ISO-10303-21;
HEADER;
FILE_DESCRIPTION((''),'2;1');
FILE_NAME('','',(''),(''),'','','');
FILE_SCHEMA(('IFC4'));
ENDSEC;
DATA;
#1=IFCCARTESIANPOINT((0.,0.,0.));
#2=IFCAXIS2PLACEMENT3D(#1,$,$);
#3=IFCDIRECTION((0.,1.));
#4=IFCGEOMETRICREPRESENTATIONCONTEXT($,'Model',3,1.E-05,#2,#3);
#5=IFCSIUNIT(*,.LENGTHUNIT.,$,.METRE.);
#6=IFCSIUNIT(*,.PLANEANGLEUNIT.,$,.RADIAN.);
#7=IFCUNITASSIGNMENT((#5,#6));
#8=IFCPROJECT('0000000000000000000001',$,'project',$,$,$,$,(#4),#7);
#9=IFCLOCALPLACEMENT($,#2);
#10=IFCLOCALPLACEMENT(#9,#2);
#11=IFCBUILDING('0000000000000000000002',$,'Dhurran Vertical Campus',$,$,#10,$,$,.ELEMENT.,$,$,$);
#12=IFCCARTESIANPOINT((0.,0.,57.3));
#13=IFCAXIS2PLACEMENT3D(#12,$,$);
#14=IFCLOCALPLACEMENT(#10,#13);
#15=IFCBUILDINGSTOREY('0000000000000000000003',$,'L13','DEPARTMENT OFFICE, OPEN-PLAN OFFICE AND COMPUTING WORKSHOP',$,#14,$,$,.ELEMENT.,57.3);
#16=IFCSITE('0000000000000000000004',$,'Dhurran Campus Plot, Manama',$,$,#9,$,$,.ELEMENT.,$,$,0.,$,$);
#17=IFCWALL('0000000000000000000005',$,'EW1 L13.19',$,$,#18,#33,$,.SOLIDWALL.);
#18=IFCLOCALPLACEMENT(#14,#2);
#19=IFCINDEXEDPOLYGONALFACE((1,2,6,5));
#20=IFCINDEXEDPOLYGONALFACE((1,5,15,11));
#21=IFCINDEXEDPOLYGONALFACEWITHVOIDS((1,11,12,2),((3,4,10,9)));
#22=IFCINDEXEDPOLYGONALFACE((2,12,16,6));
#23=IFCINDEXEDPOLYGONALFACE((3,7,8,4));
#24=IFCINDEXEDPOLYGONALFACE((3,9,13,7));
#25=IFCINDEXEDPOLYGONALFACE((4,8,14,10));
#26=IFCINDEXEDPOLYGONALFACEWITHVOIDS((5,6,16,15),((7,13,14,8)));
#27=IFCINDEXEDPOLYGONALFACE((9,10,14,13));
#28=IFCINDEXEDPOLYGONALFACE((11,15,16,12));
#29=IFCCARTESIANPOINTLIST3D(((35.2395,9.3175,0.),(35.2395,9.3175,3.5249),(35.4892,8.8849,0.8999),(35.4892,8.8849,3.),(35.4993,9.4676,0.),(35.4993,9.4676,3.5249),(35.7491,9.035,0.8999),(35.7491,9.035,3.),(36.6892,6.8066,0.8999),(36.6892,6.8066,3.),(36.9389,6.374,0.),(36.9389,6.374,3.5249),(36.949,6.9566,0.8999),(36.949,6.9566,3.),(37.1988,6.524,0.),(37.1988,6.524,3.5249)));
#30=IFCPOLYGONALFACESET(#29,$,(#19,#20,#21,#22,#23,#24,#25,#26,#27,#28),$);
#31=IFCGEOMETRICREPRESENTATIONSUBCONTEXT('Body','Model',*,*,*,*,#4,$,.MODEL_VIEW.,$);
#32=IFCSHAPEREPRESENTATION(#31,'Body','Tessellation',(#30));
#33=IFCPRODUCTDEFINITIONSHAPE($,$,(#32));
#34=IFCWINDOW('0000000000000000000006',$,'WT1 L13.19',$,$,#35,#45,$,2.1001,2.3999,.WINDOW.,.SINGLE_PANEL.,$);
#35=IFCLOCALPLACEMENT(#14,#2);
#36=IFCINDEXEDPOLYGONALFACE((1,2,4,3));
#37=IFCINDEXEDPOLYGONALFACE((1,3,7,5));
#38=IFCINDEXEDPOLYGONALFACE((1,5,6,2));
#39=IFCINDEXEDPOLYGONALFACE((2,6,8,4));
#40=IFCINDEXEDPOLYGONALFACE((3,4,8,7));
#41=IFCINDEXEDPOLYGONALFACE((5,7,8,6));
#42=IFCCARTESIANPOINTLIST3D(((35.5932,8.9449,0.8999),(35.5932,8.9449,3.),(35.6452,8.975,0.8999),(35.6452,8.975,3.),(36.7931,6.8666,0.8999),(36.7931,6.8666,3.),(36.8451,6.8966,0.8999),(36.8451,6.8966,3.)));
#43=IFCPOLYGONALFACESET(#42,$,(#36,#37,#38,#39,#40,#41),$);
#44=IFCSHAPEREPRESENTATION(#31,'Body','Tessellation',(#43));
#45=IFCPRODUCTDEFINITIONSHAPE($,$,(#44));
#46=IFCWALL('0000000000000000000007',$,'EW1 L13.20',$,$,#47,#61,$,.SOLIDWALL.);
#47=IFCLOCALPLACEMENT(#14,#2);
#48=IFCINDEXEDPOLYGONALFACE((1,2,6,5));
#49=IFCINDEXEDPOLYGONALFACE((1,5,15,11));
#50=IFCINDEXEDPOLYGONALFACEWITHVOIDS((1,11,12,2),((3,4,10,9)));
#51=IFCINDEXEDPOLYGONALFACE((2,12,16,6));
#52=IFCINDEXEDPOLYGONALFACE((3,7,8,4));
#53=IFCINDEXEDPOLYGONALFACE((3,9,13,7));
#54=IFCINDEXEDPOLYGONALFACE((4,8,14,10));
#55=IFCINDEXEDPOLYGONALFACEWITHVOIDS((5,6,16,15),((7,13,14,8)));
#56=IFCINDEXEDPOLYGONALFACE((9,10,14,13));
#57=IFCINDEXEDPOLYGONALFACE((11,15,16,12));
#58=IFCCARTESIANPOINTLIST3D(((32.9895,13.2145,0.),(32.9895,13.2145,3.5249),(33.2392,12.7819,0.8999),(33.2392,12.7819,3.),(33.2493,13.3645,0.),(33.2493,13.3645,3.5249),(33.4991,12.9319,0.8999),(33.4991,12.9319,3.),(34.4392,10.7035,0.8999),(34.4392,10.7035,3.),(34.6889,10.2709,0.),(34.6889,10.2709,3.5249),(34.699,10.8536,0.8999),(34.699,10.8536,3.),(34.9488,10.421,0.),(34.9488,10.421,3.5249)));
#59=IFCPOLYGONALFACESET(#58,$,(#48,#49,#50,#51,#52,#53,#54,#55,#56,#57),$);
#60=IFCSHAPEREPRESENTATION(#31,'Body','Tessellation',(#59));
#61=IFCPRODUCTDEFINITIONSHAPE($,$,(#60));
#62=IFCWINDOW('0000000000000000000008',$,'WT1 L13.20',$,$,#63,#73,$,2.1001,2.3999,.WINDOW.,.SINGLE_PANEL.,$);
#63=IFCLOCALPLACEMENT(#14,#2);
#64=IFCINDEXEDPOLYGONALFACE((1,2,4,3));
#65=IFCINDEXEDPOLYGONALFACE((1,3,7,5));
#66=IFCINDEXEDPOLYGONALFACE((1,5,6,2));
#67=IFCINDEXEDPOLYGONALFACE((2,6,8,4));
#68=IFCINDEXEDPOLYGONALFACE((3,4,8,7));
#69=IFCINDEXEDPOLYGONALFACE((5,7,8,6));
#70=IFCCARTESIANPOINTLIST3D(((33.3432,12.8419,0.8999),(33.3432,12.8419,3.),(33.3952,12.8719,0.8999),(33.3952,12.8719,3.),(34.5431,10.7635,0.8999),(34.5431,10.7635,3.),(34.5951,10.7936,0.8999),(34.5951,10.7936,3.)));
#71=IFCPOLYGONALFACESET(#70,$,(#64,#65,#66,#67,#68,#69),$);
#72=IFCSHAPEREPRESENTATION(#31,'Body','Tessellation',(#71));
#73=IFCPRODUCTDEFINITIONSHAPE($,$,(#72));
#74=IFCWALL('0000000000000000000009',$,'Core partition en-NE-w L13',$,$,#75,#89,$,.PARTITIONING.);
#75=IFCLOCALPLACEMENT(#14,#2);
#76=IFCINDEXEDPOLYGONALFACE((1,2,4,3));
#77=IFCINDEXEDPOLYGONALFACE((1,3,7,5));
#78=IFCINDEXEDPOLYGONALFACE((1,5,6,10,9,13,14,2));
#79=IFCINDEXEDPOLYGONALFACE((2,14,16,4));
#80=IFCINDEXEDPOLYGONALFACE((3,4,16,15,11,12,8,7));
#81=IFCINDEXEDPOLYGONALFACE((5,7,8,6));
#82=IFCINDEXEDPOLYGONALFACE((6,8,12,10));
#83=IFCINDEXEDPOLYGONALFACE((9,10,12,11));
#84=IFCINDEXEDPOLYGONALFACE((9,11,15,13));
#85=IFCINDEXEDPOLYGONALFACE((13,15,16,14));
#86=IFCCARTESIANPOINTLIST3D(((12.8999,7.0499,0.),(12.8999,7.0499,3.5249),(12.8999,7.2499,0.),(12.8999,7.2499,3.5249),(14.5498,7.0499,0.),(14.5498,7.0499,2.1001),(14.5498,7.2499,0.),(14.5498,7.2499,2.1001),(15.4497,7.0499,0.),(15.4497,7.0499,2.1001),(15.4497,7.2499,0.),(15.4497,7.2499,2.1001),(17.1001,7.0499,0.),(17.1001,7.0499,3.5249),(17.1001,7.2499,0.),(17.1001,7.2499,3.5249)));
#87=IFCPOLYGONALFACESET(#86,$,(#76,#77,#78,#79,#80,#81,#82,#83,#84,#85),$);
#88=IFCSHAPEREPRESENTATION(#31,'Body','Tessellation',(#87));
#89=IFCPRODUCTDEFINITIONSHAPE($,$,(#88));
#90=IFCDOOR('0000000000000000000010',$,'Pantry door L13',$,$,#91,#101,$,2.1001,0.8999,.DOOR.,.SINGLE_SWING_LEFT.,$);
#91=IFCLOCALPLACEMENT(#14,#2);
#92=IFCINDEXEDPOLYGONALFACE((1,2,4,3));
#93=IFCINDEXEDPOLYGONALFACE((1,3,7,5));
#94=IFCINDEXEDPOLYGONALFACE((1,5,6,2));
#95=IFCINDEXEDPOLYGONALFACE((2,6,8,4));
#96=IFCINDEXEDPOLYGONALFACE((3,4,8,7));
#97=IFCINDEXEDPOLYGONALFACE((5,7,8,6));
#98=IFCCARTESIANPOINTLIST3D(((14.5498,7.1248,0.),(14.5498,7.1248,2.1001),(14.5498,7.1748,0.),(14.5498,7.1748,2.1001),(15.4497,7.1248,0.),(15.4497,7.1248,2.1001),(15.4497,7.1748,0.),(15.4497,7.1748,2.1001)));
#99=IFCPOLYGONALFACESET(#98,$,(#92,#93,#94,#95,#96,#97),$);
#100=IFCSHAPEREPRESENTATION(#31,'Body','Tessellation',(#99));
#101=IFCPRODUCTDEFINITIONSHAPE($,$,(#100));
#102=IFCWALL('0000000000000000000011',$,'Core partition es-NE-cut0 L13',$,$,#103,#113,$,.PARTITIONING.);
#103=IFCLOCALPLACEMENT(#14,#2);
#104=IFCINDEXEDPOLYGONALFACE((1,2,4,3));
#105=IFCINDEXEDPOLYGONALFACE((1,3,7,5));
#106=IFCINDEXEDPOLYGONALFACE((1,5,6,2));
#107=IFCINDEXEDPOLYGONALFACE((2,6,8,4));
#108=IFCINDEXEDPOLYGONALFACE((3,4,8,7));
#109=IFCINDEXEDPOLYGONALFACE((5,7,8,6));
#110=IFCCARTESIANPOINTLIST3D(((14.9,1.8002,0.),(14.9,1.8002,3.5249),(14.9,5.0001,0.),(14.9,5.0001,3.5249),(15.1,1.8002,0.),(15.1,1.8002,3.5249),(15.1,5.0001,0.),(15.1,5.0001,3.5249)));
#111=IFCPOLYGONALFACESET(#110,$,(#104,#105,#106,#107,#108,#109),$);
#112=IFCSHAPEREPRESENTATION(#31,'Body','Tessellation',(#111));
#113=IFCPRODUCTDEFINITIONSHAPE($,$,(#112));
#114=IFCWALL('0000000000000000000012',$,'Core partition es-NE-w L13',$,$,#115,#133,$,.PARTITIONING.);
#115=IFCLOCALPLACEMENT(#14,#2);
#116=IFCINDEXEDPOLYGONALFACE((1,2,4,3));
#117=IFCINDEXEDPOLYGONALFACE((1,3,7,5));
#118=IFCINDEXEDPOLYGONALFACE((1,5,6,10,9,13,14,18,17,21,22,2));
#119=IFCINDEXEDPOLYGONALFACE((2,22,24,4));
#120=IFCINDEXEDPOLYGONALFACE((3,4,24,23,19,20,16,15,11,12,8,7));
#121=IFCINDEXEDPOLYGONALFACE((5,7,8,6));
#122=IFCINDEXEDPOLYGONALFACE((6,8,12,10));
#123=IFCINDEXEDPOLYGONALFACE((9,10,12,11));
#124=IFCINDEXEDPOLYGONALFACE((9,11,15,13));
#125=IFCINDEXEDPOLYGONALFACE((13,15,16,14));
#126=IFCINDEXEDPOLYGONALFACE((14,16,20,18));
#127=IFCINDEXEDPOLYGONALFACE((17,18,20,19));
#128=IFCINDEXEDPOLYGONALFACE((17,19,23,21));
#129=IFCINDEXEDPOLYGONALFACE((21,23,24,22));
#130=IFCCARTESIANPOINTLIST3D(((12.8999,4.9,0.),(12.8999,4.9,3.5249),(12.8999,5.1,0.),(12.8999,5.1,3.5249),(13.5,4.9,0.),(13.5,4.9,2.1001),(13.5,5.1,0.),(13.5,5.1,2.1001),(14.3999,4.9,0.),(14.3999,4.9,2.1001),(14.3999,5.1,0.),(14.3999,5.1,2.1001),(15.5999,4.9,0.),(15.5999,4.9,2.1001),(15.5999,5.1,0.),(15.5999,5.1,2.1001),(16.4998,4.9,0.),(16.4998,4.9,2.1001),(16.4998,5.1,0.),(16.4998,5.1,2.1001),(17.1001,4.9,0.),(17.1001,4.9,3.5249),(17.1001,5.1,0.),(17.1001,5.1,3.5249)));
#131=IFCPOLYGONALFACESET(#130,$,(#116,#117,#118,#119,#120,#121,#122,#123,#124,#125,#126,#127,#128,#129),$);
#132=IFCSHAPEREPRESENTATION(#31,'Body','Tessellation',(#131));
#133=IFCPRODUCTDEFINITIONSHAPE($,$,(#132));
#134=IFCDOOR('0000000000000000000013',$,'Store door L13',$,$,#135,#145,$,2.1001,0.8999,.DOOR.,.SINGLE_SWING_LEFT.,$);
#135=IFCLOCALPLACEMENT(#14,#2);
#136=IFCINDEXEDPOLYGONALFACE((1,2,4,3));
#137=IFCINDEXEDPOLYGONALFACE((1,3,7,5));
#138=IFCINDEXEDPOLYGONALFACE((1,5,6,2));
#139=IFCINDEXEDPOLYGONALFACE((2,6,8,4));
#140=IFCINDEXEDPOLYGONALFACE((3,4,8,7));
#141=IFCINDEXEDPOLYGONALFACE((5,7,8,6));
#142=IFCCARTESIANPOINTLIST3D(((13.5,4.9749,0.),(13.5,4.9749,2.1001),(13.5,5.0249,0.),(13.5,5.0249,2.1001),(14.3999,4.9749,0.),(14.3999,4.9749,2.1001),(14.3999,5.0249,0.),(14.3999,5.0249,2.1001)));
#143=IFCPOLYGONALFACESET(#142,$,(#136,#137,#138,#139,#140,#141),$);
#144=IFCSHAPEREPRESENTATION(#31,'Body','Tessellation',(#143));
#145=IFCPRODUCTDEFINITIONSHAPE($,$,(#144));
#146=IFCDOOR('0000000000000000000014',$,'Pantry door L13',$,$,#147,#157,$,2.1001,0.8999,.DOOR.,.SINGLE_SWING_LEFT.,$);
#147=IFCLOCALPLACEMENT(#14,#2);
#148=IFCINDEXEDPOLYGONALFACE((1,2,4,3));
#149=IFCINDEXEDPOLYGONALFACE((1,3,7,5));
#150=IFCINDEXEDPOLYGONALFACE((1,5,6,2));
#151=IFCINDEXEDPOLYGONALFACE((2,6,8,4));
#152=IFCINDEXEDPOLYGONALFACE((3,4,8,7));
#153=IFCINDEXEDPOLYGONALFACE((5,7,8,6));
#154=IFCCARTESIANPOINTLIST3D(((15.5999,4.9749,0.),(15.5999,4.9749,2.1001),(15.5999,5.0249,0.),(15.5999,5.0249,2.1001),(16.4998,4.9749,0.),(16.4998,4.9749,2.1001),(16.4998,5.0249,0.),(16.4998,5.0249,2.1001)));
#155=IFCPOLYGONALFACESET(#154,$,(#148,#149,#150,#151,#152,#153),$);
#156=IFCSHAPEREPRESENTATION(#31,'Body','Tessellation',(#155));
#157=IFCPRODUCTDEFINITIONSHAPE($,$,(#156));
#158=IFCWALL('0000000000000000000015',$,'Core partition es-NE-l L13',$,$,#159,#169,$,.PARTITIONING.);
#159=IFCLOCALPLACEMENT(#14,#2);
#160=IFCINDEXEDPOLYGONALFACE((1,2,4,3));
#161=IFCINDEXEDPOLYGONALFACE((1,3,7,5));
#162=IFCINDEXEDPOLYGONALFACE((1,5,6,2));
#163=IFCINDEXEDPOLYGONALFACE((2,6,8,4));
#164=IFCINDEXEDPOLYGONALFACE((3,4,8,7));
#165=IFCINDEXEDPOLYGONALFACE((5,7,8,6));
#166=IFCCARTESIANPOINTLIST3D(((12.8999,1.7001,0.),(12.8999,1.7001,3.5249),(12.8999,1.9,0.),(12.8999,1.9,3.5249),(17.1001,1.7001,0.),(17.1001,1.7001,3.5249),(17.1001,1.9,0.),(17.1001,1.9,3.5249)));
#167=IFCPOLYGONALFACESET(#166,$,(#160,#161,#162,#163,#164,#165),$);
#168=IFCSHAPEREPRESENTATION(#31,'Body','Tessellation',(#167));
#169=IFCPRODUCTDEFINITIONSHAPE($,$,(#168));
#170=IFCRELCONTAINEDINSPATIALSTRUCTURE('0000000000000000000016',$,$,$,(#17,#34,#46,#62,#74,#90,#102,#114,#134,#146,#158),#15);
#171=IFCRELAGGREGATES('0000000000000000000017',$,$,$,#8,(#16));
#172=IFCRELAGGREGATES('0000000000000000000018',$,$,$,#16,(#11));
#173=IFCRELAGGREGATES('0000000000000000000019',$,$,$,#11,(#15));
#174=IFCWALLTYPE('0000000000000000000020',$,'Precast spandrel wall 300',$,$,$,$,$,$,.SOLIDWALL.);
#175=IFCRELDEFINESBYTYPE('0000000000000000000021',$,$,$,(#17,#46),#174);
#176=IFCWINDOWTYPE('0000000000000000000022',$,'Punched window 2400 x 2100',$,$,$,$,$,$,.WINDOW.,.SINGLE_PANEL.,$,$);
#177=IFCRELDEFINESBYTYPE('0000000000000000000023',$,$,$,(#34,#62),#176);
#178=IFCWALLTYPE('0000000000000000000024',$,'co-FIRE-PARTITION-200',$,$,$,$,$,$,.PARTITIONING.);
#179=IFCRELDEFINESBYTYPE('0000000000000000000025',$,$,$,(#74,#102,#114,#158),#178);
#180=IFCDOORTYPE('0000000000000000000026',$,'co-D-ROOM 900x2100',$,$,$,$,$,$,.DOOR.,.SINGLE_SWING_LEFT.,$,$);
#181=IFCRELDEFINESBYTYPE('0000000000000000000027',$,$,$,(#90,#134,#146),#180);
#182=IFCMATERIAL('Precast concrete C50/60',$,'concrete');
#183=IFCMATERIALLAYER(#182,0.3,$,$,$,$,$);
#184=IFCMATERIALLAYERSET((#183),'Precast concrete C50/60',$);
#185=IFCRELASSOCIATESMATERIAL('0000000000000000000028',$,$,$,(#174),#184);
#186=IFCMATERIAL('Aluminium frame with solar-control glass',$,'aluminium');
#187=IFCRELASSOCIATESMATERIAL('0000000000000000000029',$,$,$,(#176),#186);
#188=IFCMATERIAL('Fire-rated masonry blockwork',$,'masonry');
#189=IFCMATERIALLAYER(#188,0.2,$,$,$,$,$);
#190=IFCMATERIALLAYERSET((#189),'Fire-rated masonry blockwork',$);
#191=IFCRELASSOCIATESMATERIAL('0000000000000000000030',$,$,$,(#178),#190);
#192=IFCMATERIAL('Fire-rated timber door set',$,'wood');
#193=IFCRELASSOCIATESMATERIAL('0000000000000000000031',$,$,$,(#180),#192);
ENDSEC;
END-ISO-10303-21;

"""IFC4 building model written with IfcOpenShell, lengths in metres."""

from ifc_helpers import new_model, si_unit, direction, frame, frame_2d, origin, place, context, subcontext, project, spatial, rectangle, extrude, material, layer, layer_set, type_object, element, fill, save


model = new_model("IFC4")

# Units and contexts
model_context = context("Model", 3, precision=1e-05, world=origin(), true_north=direction((0.0, 1.0)))
body_context = subcontext(model_context, "Body", "Model", "MODEL_VIEW")
ifc_project = project(units=[si_unit("LENGTHUNIT", "METRE"), si_unit("PLANEANGLEUNIT", "RADIAN")], contexts=[model_context])

# Site, building, storey
site_placement = place(None, origin())
site = spatial("IfcSite", under=ifc_project, at=site_placement, Name="Dhurran Campus Plot, Manama", CompositionType="ELEMENT", RefElevation=0.0)
building_placement = place(site_placement, origin())
building = spatial("IfcBuilding", under=site, at=building_placement, Name="Dhurran Vertical Campus", CompositionType="ELEMENT")
storey_placement = place(building_placement, frame((0.0, 0.0, 57.3)))
storey = spatial("IfcBuildingStorey", under=building, at=storey_placement, Name="L13", Description="DEPARTMENT OFFICE, OPEN-PLAN OFFICE AND COMPUTING WORKSHOP", CompositionType="ELEMENT", Elevation=57.3)

# Walls, openings, windows
ifc_material_1 = material(Name="Precast concrete C50/60", Category="concrete")
ifc_layer_1 = layer(ifc_material_1, 0.3)
ifc_layer_set_1 = layer_set([ifc_layer_1], Name="Precast concrete C50/60")
wall_type_1 = type_object("IfcWallType", Name="Precast spandrel wall 300", PredefinedType="SOLIDWALL", material=ifc_layer_set_1)
ifc_material_2 = material(Name="Aluminium frame with solar-control glass", Category="aluminium")
window_type = type_object("IfcWindowType", Name="Punched window 2400 x 2100", PartitioningType="SINGLE_PANEL", PredefinedType="WINDOW", material=ifc_material_2)
wall_1_placement = place(storey_placement, frame((37.0688, 6.449, 0.0), z_axis=(0.0, 0.0, 1.0), x_axis=(-0.499994, 0.866029, 0.0)))
wall_1 = element("IfcWall", 1, at=wall_1_placement, inside=storey, type_object=wall_type_1, Name="EW1 L13.19", PredefinedType="SOLIDWALL", context=body_context, shape_type="SweptSolid", body=[
    extrude(rectangle(XDim=3.3989, YDim=0.3, at=frame_2d((1.6995, 0.0))), origin(), (0.0, 0.0, 1.0), 3.5249),
])
opening_1_placement = place(wall_1_placement, frame((0.4995, 0.0, 0.8999)))
opening_1 = element("IfcOpeningElement", 2, at=opening_1_placement, cuts=wall_1, PredefinedType="OPENING", context=body_context, shape_type="SweptSolid", body=[
    extrude(rectangle(XDim=2.3999, YDim=2.1001, at=frame_2d((1.2, 1.05))), frame((0.0, 0.1599, 0.0), z_axis=(0.0, -1.0, 0.0), x_axis=(1.0, 0.0, 0.0)), (0.0, 0.0, 1.0), 0.3201),
])
window_1_placement = place(opening_1_placement, origin())
window_1 = element("IfcWindow", 3, at=window_1_placement, inside=storey, type_object=window_type, Name="WT1 L13.19", OverallHeight=2.1001, OverallWidth=2.3999, PartitioningType="SINGLE_PANEL", PredefinedType="WINDOW", context=body_context, shape_type="SweptSolid", body=[
    extrude(rectangle(XDim=2.3999, YDim=2.1001, at=frame_2d((1.2, 1.05))), frame((0.0, 0.03, 0.0), z_axis=(0.0, -1.0, 0.0), x_axis=(1.0, 0.0, 0.0)), (0.0, 0.0, 1.0), 0.0601),
])
fill(opening_1, window_1)
wall_2_placement = place(storey_placement, frame((34.8188, 10.3459, 0.0), z_axis=(0.0, 0.0, 1.0), x_axis=(-0.499994, 0.866029, 0.0)))
wall_2 = element("IfcWall", 4, at=wall_2_placement, inside=storey, type_object=wall_type_1, Name="EW1 L13.20", PredefinedType="SOLIDWALL", context=body_context, shape_type="SweptSolid", body=[
    extrude(rectangle(XDim=3.3989, YDim=0.3, at=frame_2d((1.6995, 0.0))), origin(), (0.0, 0.0, 1.0), 3.5249),
])
opening_2_placement = place(wall_2_placement, frame((0.4995, 0.0, 0.8999)))
opening_2 = element("IfcOpeningElement", 5, at=opening_2_placement, cuts=wall_2, PredefinedType="OPENING", context=body_context, shape_type="SweptSolid", body=[
    extrude(rectangle(XDim=2.3999, YDim=2.1001, at=frame_2d((1.2, 1.05))), frame((0.0, 0.1599, 0.0), z_axis=(0.0, -1.0, 0.0), x_axis=(1.0, 0.0, 0.0)), (0.0, 0.0, 1.0), 0.3201),
])
window_2_placement = place(opening_2_placement, origin())
window_2 = element("IfcWindow", 6, at=window_2_placement, inside=storey, type_object=window_type, Name="WT1 L13.20", OverallHeight=2.1001, OverallWidth=2.3999, PartitioningType="SINGLE_PANEL", PredefinedType="WINDOW", context=body_context, shape_type="SweptSolid", body=[
    extrude(rectangle(XDim=2.3999, YDim=2.1001, at=frame_2d((1.2, 1.05))), frame((0.0, 0.03, 0.0), z_axis=(0.0, -1.0, 0.0), x_axis=(1.0, 0.0, 0.0)), (0.0, 0.0, 1.0), 0.0601),
])
fill(opening_2, window_2)

# Wall, opening, door
ifc_material_3 = material(Name="Fire-rated masonry blockwork", Category="masonry")
ifc_layer_2 = layer(ifc_material_3, 0.2)
ifc_layer_set_2 = layer_set([ifc_layer_2], Name="Fire-rated masonry blockwork")
wall_type_2 = type_object("IfcWallType", Name="co-FIRE-PARTITION-200", PredefinedType="PARTITIONING", material=ifc_layer_set_2)
wall_3_placement = place(storey_placement, frame((12.8999, 7.1499, 0.0), z_axis=(0.0, 0.0, 1.0), x_axis=(1.0, 0.0, 0.0)))
wall_3 = element("IfcWall", 7, at=wall_3_placement, inside=storey, type_object=wall_type_2, Name="Core partition en-NE-w L13", PredefinedType="PARTITIONING", context=body_context, shape_type="SweptSolid", body=[
    extrude(rectangle(XDim=4.2002, YDim=0.2, at=frame_2d((2.1001, 0.0))), origin(), (0.0, 0.0, 1.0), 3.5249),
])
opening_3_placement = place(wall_3_placement, frame((1.6499, 0.0, 0.0)))
opening_3 = element("IfcOpeningElement", 8, at=opening_3_placement, cuts=wall_3, PredefinedType="OPENING", context=body_context, shape_type="SweptSolid", body=[
    extrude(rectangle(XDim=0.8999, YDim=2.1001, at=frame_2d((0.45, 1.05))), frame((0.0, 0.1099, 0.0), z_axis=(0.0, -1.0, 0.0), x_axis=(1.0, 0.0, 0.0)), (0.0, 0.0, 1.0), 0.22),
])
ifc_material_4 = material(Name="Fire-rated timber door set", Category="wood")
door_type_1 = type_object("IfcDoorType", Name="co-D-ROOM 900x2100", OperationType="SINGLE_SWING_LEFT", PredefinedType="DOOR", material=ifc_material_4)
door_1_placement = place(opening_3_placement, origin())
door_1 = element("IfcDoor", 9, at=door_1_placement, inside=storey, type_object=door_type_1, Name="Pantry door L13", OperationType="SINGLE_SWING_LEFT", OverallHeight=2.1001, OverallWidth=0.8999, PredefinedType="DOOR", context=body_context, shape_type="SweptSolid", body=[
    extrude(rectangle(XDim=0.8999, YDim=2.1001, at=frame_2d((0.45, 1.05))), frame((0.0, 0.0249, 0.0), z_axis=(0.0, -1.0, 0.0), x_axis=(1.0, 0.0, 0.0)), (0.0, 0.0, 1.0), 0.05),
])
fill(opening_3, door_1)

# Wall
wall_4_placement = place(storey_placement, frame((15.0, 1.8, 0.0), z_axis=(0.0, 0.0, 1.0), x_axis=(0.0, 1.0, 0.0)))
element("IfcWall", 10, at=wall_4_placement, inside=storey, type_object=wall_type_2, Name="Core partition es-NE-cut0 L13", PredefinedType="PARTITIONING", context=body_context, shape_type="SweptSolid", body=[
    extrude(rectangle(XDim=3.2, YDim=0.2, at=frame_2d((1.6001, 0.0))), origin(), (0.0, 0.0, 1.0), 3.5249),
])

# Wall, openings, doors
wall_5_placement = place(storey_placement, frame((12.8999, 5.0, 0.0), z_axis=(0.0, 0.0, 1.0), x_axis=(1.0, 0.0, 0.0)))
wall_5 = element("IfcWall", 11, at=wall_5_placement, inside=storey, type_object=wall_type_2, Name="Core partition es-NE-w L13", PredefinedType="PARTITIONING", context=body_context, shape_type="SweptSolid", body=[
    extrude(rectangle(XDim=4.2002, YDim=0.2, at=frame_2d((2.1001, 0.0))), origin(), (0.0, 0.0, 1.0), 3.5249),
])
opening_4_placement = place(wall_5_placement, frame((0.6001, 0.0, 0.0)))
opening_4 = element("IfcOpeningElement", 12, at=opening_4_placement, cuts=wall_5, PredefinedType="OPENING", context=body_context, shape_type="SweptSolid", body=[
    extrude(rectangle(XDim=0.8999, YDim=2.1001, at=frame_2d((0.45, 1.05))), frame((0.0, 0.1099, 0.0), z_axis=(0.0, -1.0, 0.0), x_axis=(1.0, 0.0, 0.0)), (0.0, 0.0, 1.0), 0.22),
])
opening_5_placement = place(wall_5_placement, frame((2.7, 0.0, 0.0)))
opening_5 = element("IfcOpeningElement", 13, at=opening_5_placement, cuts=wall_5, PredefinedType="OPENING", context=body_context, shape_type="SweptSolid", body=[
    extrude(rectangle(XDim=0.8999, YDim=2.1001, at=frame_2d((0.45, 1.05))), frame((0.0, 0.1099, 0.0), z_axis=(0.0, -1.0, 0.0), x_axis=(1.0, 0.0, 0.0)), (0.0, 0.0, 1.0), 0.22),
])
door_2_placement = place(opening_4_placement, origin())
door_2 = element("IfcDoor", 14, at=door_2_placement, inside=storey, type_object=door_type_1, Name="Store door L13", OperationType="SINGLE_SWING_LEFT", OverallHeight=2.1001, OverallWidth=0.8999, PredefinedType="DOOR", context=body_context, shape_type="SweptSolid", body=[
    extrude(rectangle(XDim=0.8999, YDim=2.1001, at=frame_2d((0.45, 1.05))), frame((0.0, 0.0249, 0.0), z_axis=(0.0, -1.0, 0.0), x_axis=(1.0, 0.0, 0.0)), (0.0, 0.0, 1.0), 0.05),
])
fill(opening_4, door_2)
door_3_placement = place(opening_5_placement, origin())
door_3 = element("IfcDoor", 15, at=door_3_placement, inside=storey, type_object=door_type_1, Name="Pantry door L13", OperationType="SINGLE_SWING_LEFT", OverallHeight=2.1001, OverallWidth=0.8999, PredefinedType="DOOR", context=body_context, shape_type="SweptSolid", body=[
    extrude(rectangle(XDim=0.8999, YDim=2.1001, at=frame_2d((0.45, 1.05))), frame((0.0, 0.0249, 0.0), z_axis=(0.0, -1.0, 0.0), x_axis=(1.0, 0.0, 0.0)), (0.0, 0.0, 1.0), 0.05),
])
fill(opening_5, door_3)

# Wall
wall_6_placement = place(storey_placement, frame((12.8999, 1.8, 0.0), z_axis=(0.0, 0.0, 1.0), x_axis=(1.0, 0.0, 0.0)))
element("IfcWall", 16, at=wall_6_placement, inside=storey, type_object=wall_type_2, Name="Core partition es-NE-l L13", PredefinedType="PARTITIONING", context=body_context, shape_type="SweptSolid", body=[
    extrude(rectangle(XDim=4.2002, YDim=0.2, at=frame_2d((2.1001, 0.0))), origin(), (0.0, 0.0, 1.0), 3.5249),
])

save(model, "model.ifc")
